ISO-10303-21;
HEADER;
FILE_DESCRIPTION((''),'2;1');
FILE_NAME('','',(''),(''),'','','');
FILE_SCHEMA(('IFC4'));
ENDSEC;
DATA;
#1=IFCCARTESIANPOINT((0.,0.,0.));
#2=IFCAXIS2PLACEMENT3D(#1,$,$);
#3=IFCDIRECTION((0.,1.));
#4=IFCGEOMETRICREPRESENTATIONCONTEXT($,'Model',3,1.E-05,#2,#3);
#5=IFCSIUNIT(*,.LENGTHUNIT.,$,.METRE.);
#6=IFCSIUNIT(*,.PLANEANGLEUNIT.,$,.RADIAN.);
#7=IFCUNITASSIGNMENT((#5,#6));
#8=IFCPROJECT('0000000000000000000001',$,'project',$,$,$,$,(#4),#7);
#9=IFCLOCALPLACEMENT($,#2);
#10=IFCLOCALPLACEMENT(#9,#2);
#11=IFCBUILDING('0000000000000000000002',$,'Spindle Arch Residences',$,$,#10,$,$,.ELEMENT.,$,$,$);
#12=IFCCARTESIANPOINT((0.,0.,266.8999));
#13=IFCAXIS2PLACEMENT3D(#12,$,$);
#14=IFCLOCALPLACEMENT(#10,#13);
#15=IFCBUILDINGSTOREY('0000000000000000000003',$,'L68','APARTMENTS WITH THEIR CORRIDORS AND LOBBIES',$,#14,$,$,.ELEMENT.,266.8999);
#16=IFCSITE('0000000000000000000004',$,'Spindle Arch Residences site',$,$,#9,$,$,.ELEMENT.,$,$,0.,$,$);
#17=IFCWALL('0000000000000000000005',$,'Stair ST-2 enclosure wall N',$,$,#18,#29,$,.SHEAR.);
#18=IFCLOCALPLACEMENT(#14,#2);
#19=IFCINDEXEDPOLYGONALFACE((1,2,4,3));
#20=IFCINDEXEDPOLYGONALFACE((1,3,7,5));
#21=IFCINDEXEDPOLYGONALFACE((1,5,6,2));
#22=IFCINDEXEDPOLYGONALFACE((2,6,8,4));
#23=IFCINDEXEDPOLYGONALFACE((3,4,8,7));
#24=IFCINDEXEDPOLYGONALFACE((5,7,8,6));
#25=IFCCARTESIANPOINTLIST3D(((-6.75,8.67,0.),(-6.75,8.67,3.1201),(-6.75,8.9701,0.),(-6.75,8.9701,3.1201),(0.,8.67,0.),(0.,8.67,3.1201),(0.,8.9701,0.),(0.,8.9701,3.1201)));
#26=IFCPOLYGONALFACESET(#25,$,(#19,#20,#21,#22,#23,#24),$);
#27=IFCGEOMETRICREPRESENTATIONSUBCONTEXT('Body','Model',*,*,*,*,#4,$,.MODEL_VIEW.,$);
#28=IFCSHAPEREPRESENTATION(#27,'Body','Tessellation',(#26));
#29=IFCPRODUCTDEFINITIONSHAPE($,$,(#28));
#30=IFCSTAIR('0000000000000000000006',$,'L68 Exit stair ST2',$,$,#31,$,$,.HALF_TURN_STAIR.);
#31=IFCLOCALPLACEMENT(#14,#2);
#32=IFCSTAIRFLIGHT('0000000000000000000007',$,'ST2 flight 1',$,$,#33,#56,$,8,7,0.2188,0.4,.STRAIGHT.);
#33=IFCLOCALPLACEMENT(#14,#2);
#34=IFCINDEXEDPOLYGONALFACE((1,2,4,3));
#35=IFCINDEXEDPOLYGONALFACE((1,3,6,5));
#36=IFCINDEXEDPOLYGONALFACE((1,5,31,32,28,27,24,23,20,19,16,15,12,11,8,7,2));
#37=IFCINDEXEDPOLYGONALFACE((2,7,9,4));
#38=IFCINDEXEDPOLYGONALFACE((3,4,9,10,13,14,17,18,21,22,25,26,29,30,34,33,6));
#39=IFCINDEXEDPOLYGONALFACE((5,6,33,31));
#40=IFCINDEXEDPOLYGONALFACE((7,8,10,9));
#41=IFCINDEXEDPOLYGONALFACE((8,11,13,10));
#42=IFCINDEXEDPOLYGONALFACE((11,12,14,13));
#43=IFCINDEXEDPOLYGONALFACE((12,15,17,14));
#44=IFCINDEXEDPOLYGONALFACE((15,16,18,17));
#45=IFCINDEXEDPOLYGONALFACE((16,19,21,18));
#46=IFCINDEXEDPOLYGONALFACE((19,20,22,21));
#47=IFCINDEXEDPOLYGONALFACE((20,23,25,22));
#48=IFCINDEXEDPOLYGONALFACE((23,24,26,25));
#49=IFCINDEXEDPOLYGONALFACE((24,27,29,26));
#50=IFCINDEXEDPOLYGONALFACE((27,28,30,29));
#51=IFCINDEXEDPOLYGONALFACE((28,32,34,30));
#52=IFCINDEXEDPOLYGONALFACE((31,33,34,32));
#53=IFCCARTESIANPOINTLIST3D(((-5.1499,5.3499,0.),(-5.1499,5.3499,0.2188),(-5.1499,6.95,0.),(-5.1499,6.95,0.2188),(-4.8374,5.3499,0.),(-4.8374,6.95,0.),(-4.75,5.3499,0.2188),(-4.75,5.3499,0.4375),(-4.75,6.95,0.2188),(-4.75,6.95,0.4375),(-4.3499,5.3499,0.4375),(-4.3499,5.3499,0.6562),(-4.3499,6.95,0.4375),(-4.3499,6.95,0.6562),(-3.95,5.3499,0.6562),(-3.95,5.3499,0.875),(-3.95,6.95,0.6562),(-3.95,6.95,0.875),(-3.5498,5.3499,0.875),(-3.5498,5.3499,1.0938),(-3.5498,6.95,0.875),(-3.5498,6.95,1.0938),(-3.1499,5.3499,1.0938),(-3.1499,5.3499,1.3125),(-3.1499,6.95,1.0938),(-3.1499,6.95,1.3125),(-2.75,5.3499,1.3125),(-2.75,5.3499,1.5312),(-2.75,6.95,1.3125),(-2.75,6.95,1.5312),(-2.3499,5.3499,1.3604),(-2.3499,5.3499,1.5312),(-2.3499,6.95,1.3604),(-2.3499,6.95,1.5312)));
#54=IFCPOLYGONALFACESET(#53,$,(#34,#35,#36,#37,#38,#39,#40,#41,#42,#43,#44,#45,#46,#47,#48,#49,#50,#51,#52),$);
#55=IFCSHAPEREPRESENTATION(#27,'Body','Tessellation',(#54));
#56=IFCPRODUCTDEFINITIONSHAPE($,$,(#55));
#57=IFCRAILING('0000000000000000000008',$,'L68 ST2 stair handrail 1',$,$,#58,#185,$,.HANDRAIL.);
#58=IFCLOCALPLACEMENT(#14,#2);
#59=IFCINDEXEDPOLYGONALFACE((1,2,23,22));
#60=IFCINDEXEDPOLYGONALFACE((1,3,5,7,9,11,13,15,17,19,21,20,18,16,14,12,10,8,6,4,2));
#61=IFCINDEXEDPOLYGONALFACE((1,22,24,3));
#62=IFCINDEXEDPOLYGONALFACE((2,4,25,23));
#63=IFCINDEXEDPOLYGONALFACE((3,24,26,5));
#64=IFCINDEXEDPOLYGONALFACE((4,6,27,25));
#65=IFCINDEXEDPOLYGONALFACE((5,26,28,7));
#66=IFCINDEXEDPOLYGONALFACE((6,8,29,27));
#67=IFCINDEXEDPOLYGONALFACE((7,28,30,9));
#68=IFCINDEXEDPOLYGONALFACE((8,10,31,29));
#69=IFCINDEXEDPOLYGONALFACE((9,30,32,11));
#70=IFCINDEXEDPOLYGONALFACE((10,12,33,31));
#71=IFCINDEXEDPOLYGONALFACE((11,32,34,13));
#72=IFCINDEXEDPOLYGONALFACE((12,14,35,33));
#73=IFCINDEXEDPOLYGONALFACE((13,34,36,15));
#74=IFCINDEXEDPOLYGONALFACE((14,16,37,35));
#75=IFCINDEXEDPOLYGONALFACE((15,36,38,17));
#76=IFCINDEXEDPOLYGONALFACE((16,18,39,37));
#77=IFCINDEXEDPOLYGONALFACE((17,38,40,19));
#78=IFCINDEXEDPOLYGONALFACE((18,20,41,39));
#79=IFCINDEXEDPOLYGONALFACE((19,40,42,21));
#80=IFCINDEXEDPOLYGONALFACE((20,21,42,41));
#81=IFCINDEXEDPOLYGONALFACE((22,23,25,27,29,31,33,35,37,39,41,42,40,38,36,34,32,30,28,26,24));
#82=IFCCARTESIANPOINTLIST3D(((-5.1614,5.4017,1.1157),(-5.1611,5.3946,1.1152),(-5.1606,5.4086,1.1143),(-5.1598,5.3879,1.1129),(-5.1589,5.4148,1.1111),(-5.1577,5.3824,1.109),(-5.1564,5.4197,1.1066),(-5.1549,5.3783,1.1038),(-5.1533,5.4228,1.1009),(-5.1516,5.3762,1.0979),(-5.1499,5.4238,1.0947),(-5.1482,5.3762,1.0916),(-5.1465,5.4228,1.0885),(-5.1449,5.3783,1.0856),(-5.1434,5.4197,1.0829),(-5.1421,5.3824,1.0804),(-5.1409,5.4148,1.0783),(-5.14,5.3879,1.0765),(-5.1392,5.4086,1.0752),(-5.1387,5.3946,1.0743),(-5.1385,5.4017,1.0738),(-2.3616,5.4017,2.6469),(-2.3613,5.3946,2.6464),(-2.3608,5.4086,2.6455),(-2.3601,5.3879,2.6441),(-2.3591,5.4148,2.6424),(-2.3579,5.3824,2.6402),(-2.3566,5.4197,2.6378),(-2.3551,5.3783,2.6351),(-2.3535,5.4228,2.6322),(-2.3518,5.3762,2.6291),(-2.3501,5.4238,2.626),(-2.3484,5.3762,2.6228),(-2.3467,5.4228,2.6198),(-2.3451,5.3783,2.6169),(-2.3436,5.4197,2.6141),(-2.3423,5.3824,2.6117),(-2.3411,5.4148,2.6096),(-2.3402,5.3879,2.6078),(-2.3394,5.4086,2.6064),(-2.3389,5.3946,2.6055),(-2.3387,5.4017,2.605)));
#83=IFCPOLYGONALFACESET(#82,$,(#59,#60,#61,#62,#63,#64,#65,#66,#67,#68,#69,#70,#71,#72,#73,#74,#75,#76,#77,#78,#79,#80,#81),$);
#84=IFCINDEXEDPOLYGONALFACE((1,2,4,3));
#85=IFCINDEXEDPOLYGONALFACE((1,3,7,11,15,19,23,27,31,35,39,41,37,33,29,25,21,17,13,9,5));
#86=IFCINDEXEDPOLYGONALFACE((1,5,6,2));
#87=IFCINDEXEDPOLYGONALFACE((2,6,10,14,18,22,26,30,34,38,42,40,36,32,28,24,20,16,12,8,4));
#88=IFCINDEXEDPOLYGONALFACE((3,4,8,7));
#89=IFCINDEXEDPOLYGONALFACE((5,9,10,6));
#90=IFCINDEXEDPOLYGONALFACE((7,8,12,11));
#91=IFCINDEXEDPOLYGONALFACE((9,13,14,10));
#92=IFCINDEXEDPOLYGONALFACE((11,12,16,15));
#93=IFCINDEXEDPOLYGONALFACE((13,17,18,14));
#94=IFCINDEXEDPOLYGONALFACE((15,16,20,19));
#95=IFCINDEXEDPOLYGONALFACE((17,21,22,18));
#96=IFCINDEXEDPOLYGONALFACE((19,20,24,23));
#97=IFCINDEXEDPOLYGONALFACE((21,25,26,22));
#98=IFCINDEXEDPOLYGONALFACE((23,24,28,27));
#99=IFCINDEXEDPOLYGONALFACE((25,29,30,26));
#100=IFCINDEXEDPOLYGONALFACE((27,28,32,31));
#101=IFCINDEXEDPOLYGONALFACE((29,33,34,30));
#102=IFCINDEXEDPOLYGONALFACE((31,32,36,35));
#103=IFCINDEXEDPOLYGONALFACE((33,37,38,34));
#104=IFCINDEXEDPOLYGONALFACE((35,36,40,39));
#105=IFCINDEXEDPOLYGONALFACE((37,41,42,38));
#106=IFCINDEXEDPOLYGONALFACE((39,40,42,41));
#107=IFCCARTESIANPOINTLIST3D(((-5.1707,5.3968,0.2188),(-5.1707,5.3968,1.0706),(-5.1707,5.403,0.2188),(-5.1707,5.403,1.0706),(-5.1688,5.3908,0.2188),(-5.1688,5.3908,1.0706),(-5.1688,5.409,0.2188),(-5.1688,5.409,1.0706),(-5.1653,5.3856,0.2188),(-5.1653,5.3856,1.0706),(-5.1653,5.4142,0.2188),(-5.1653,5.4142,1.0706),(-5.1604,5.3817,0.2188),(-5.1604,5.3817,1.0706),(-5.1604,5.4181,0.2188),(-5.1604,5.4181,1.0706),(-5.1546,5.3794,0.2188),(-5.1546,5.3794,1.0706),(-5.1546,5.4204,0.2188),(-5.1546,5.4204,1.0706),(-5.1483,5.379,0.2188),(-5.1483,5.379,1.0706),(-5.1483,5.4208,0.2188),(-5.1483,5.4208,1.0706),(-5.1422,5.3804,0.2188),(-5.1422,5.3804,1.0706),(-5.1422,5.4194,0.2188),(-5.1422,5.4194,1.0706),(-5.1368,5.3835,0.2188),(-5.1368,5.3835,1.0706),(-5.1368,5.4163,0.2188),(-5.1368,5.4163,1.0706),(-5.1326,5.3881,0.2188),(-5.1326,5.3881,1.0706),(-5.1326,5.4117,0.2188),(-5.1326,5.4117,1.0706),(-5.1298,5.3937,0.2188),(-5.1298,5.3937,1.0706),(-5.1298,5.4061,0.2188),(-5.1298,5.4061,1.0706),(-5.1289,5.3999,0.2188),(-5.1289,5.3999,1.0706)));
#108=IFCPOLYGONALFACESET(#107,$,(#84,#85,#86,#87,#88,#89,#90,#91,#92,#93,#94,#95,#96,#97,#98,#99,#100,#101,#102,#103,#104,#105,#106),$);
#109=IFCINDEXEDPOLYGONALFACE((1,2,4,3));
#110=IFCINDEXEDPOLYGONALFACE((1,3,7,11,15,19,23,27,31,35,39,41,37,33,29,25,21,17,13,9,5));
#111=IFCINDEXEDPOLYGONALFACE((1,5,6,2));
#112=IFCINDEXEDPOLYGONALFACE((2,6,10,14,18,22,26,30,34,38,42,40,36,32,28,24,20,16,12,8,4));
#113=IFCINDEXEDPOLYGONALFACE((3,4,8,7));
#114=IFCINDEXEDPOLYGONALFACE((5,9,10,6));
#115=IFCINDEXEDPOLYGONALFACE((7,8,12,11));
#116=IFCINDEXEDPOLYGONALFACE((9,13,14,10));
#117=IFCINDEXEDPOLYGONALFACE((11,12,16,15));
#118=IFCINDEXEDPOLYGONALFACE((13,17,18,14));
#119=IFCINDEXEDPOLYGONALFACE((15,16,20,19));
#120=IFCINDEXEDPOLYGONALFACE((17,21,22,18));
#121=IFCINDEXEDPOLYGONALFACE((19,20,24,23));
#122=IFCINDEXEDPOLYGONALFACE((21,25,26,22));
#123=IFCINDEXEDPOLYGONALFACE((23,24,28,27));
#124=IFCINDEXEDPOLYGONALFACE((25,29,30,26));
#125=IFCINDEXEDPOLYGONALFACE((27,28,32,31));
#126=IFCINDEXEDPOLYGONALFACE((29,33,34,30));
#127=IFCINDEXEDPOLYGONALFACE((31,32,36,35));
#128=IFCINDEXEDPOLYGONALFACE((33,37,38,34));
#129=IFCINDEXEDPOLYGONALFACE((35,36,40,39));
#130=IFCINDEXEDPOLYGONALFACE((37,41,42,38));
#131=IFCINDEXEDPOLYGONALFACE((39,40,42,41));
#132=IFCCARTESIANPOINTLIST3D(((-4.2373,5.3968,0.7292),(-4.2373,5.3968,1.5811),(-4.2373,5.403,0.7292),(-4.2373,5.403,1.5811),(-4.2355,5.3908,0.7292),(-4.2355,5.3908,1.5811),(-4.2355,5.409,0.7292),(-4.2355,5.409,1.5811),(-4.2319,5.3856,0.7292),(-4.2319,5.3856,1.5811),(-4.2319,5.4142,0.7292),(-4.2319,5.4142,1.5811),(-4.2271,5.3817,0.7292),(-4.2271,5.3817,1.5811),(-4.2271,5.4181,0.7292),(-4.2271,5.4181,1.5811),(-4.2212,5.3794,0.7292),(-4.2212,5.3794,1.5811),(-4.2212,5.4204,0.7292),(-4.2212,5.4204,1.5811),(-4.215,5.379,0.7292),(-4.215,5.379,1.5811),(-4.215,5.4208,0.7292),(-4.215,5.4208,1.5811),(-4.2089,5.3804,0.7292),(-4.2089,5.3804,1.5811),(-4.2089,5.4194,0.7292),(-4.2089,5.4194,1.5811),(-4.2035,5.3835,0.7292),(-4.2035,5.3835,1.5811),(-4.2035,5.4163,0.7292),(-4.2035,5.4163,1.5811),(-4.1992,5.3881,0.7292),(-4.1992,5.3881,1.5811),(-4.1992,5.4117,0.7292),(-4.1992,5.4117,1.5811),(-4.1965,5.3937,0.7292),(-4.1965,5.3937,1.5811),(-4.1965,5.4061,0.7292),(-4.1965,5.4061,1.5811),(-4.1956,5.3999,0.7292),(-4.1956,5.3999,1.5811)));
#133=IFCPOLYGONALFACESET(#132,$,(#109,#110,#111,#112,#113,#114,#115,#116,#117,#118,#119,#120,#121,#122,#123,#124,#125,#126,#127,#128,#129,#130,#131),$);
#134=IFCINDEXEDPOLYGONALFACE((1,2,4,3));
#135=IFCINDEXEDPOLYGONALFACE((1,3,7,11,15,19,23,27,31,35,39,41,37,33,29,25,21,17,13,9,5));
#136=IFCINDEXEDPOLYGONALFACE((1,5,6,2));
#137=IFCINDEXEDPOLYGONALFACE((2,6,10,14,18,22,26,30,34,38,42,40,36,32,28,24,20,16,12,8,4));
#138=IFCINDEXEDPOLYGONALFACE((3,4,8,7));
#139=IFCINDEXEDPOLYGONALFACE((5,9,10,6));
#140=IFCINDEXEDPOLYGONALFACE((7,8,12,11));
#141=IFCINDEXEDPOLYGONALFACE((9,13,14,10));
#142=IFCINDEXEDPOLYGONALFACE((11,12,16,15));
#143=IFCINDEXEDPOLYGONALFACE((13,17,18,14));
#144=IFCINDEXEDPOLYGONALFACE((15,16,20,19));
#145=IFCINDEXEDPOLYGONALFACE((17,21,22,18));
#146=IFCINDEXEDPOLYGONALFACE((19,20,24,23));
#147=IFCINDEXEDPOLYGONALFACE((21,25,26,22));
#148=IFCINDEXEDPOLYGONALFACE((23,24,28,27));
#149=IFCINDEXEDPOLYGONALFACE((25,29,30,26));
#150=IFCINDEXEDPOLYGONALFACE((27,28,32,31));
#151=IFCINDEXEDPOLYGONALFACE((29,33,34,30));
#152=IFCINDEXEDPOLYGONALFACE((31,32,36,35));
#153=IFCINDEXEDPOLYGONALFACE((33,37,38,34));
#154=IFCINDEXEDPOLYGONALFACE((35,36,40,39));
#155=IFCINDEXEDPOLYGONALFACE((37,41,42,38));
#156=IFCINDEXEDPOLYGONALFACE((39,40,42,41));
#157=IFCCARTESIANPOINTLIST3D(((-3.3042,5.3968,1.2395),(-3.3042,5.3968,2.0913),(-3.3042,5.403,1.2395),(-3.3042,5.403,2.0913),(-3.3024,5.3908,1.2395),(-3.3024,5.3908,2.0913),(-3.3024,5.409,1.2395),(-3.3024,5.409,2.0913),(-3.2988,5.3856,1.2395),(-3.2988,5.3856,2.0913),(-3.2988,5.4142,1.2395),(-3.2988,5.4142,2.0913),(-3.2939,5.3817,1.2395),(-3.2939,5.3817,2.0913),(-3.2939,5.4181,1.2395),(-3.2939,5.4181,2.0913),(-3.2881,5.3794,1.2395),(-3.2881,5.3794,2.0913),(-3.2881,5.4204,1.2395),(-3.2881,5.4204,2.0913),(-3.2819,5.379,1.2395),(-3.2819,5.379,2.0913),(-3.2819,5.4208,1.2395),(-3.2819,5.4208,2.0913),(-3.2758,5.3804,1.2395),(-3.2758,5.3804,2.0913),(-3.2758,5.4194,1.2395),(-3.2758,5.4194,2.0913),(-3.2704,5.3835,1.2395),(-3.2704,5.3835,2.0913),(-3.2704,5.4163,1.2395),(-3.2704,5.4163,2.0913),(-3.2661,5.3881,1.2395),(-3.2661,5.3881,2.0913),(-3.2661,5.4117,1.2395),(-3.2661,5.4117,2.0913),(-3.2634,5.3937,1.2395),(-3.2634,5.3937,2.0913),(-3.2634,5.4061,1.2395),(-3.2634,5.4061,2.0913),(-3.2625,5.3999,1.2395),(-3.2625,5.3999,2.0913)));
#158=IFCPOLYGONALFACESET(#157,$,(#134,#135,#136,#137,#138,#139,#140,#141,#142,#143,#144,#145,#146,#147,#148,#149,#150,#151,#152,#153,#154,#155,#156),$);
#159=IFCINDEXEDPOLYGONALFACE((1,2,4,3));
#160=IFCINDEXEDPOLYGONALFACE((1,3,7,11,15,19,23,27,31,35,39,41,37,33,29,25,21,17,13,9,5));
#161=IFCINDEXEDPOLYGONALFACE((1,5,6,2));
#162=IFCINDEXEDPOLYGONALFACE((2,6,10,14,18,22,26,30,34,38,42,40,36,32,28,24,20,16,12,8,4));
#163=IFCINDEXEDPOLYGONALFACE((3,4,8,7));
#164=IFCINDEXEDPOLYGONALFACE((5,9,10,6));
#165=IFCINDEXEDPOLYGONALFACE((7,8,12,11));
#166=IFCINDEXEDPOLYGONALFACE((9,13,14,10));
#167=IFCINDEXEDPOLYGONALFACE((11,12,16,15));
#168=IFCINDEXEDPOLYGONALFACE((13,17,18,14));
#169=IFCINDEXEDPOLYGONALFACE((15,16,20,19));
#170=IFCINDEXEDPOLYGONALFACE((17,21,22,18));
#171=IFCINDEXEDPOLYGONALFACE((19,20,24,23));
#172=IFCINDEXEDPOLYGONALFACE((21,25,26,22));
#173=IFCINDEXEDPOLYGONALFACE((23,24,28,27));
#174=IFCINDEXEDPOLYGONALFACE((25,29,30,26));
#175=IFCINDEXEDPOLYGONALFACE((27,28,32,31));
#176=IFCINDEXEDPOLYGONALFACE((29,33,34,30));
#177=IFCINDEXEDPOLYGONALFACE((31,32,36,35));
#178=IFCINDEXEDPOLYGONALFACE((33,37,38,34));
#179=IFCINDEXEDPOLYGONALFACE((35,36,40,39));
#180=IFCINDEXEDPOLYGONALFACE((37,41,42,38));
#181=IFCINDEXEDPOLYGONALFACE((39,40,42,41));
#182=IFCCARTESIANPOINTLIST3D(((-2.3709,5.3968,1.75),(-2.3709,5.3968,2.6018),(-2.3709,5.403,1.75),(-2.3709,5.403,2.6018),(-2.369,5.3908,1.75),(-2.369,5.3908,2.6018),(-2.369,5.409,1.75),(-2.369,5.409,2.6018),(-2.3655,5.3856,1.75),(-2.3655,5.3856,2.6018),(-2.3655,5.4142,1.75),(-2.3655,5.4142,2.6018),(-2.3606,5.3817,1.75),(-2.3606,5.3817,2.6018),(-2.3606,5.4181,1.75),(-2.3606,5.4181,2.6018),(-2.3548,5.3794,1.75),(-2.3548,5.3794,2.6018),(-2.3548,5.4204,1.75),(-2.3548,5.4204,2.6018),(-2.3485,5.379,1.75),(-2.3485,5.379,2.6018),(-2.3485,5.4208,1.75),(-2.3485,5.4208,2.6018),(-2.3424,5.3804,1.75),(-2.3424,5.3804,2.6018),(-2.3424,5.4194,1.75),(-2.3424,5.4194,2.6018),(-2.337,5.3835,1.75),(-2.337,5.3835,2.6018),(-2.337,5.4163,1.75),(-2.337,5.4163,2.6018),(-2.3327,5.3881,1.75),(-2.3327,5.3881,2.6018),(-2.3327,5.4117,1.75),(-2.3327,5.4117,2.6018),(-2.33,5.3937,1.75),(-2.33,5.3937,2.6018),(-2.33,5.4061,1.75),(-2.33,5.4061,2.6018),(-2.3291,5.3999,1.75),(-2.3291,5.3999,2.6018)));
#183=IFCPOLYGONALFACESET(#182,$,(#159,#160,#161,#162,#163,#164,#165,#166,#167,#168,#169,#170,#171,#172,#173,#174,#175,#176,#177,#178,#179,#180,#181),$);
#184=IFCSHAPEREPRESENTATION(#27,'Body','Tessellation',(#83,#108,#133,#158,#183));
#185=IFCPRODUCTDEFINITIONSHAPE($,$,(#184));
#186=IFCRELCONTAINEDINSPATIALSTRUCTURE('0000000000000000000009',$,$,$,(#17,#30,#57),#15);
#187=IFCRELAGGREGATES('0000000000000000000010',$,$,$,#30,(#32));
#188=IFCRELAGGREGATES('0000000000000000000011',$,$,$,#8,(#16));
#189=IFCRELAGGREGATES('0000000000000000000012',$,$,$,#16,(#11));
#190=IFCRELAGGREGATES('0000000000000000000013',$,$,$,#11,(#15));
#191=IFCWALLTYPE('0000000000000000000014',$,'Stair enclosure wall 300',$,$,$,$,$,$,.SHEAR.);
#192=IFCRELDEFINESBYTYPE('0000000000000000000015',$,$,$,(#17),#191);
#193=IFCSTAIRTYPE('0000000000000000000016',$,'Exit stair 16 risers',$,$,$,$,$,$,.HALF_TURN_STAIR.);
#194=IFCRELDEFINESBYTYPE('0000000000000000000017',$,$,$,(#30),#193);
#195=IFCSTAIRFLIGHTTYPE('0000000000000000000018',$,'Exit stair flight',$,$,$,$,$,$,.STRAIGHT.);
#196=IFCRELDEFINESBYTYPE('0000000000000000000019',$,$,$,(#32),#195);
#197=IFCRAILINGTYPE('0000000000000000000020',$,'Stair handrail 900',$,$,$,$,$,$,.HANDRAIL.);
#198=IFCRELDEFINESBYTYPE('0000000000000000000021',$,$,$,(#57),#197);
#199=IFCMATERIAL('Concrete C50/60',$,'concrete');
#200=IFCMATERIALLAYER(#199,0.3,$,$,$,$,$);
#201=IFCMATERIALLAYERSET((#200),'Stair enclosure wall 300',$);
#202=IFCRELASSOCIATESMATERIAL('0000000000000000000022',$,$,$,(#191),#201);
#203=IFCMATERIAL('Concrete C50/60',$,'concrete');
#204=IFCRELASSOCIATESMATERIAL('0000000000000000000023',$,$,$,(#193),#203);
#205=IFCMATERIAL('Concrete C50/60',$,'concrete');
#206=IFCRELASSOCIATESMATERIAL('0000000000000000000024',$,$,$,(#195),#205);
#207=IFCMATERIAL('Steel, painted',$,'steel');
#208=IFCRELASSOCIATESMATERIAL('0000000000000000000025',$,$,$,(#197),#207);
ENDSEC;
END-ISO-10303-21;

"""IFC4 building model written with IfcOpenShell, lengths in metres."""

from ifc_helpers import new_model, si_unit, direction, frame, frame_2d, origin, origin_2d, place, context, subcontext, project, spatial, polyline, rectangle, circle, outline, extrude, material, layer, layer_set, type_object, element, aggregate, save


model = new_model("IFC4")

# Units and contexts
model_context = context("Model", 3, precision=1e-05, world=origin(), true_north=direction((0.0, 1.0)))
body_context = subcontext(model_context, "Body", "Model", "MODEL_VIEW")
ifc_project = project(units=[si_unit("LENGTHUNIT", "METRE"), si_unit("PLANEANGLEUNIT", "RADIAN")], contexts=[model_context])

# Site, building, storey
site_placement = place(None, origin())
site = spatial("IfcSite", under=ifc_project, at=site_placement, Name="Spindle Arch Residences site", CompositionType="ELEMENT", RefElevation=0.0)
building_placement = place(site_placement, origin())
building = spatial("IfcBuilding", under=site, at=building_placement, Name="Spindle Arch Residences", CompositionType="ELEMENT")
storey_placement = place(building_placement, frame((0.0, 0.0, 266.8999)))
storey = spatial("IfcBuildingStorey", under=building, at=storey_placement, Name="L68", Description="APARTMENTS WITH THEIR CORRIDORS AND LOBBIES", CompositionType="ELEMENT", Elevation=266.8999)

# Wall
ifc_material_1 = material(Name="Concrete C50/60", Category="concrete")
ifc_layer_1 = layer(ifc_material_1, 0.3)
ifc_layer_set_1 = layer_set([ifc_layer_1], Name="Stair enclosure wall 300")
wall_type_1 = type_object("IfcWallType", Name="Stair enclosure wall 300", PredefinedType="SHEAR", material=ifc_layer_set_1)
for number, where, z_axis, x_axis, name in (
    (1, (-6.75, 8.8201, 0.0), (0.0, 0.0, 1.0), (1.0, 0.0, 0.0), "Stair ST-2 enclosure wall N"),
):
    element("IfcWall", number, at=place(storey_placement, frame(where, z_axis=z_axis, x_axis=x_axis)), inside=storey, type_object=wall_type_1, Name=name, PredefinedType="SHEAR", context=body_context, shape_type="SweptSolid", body=[
        extrude(rectangle(XDim=6.75, YDim=0.3, at=frame_2d((3.375, 0.0))), origin(), (0.0, 0.0, 1.0), 3.1201),
    ])

# Stair, stair flight
ifc_material_2 = material(Name="Concrete C50/60", Category="concrete")
stair_type = type_object("IfcStairType", Name="Exit stair 16 risers", PredefinedType="HALF_TURN_STAIR", material=ifc_material_2)
stair_placement = place(storey_placement, origin())
stair = element("IfcStair", 2, at=stair_placement, inside=storey, type_object=stair_type, Name="L68 Exit stair ST2", PredefinedType="HALF_TURN_STAIR")
ifc_material_3 = material(Name="Concrete C50/60", Category="concrete")
stair_flight_type = type_object("IfcStairFlightType", Name="Exit stair flight", PredefinedType="STRAIGHT", material=ifc_material_3)
stair_flight_placement = place(storey_placement, frame((-5.1499, 6.1499, 0.0), z_axis=(0.0, 0.0, 1.0), x_axis=(1.0, 0.0, 0.0)))
stair_flight = element("IfcStairFlight", 3, at=stair_flight_placement, type_object=stair_flight_type, Name="ST2 flight 1", NumberOfRisers=8, NumberOfTreads=7, PredefinedType="STRAIGHT", RiserHeight=0.2188, TreadLength=0.4, context=body_context, shape_type="SweptSolid", body=[
    extrude(outline(polyline([(0.0, 0.0), (0.0, 0.2188), (0.3999, 0.2188), (0.3999, 0.4375), (0.8, 0.4375), (0.8, 0.6562), (1.2, 0.6562), (1.2, 0.875), (1.6001, 0.875), (1.6001, 1.0938), (2.0, 1.0938), (2.0, 1.3125), (2.3999, 1.3125), (2.3999, 1.5312), (2.8, 1.5312), (2.8, 1.75), (2.8, 1.3604), (0.3125, 0.0), (0.0, 0.0)])), frame((0.0, 0.8, 0.0), z_axis=(0.0, -1.0, 0.0), x_axis=(1.0, 0.0, 0.0)), (0.0, 0.0, 1.0), 1.6001),
])
aggregate(stair, [stair_flight])

# Railing
ifc_material_4 = material(Name="Steel, painted", Category="steel")
railing_type_1 = type_object("IfcRailingType", Name="Stair handrail 900", PredefinedType="HANDRAIL", material=ifc_material_4)
railing_1_placement = place(storey_placement, frame((-5.1499, 5.3999, 0.2188)))
element("IfcRailing", 4, at=railing_1_placement, inside=storey, type_object=railing_type_1, Name="L68 ST2 stair handrail 1", PredefinedType="HANDRAIL", context=body_context, shape_type="SweptSolid", body=[
    extrude(circle(Radius=0.0239, at=origin_2d()), frame((0.0, 0.0, 0.876), z_axis=(0.877357, 0.0, 0.479838), x_axis=(0.0, 1.0, 0.0)), (0.0, 0.0, 1.0), 3.1912),
    extrude(circle(Radius=0.021, at=origin_2d()), origin(), (0.0, 0.0, 1.0), 0.8518),
    extrude(circle(Radius=0.021, at=origin_2d()), frame((0.9333, 0.0, 0.5105)), (0.0, 0.0, 1.0), 0.8518),
    extrude(circle(Radius=0.021, at=origin_2d()), frame((1.8665, 0.0, 1.0208)), (0.0, 0.0, 1.0), 0.8518),
    extrude(circle(Radius=0.021, at=origin_2d()), frame((2.7998, 0.0, 1.5312)), (0.0, 0.0, 1.0), 0.8518),
])

save(model, "model.ifc")
